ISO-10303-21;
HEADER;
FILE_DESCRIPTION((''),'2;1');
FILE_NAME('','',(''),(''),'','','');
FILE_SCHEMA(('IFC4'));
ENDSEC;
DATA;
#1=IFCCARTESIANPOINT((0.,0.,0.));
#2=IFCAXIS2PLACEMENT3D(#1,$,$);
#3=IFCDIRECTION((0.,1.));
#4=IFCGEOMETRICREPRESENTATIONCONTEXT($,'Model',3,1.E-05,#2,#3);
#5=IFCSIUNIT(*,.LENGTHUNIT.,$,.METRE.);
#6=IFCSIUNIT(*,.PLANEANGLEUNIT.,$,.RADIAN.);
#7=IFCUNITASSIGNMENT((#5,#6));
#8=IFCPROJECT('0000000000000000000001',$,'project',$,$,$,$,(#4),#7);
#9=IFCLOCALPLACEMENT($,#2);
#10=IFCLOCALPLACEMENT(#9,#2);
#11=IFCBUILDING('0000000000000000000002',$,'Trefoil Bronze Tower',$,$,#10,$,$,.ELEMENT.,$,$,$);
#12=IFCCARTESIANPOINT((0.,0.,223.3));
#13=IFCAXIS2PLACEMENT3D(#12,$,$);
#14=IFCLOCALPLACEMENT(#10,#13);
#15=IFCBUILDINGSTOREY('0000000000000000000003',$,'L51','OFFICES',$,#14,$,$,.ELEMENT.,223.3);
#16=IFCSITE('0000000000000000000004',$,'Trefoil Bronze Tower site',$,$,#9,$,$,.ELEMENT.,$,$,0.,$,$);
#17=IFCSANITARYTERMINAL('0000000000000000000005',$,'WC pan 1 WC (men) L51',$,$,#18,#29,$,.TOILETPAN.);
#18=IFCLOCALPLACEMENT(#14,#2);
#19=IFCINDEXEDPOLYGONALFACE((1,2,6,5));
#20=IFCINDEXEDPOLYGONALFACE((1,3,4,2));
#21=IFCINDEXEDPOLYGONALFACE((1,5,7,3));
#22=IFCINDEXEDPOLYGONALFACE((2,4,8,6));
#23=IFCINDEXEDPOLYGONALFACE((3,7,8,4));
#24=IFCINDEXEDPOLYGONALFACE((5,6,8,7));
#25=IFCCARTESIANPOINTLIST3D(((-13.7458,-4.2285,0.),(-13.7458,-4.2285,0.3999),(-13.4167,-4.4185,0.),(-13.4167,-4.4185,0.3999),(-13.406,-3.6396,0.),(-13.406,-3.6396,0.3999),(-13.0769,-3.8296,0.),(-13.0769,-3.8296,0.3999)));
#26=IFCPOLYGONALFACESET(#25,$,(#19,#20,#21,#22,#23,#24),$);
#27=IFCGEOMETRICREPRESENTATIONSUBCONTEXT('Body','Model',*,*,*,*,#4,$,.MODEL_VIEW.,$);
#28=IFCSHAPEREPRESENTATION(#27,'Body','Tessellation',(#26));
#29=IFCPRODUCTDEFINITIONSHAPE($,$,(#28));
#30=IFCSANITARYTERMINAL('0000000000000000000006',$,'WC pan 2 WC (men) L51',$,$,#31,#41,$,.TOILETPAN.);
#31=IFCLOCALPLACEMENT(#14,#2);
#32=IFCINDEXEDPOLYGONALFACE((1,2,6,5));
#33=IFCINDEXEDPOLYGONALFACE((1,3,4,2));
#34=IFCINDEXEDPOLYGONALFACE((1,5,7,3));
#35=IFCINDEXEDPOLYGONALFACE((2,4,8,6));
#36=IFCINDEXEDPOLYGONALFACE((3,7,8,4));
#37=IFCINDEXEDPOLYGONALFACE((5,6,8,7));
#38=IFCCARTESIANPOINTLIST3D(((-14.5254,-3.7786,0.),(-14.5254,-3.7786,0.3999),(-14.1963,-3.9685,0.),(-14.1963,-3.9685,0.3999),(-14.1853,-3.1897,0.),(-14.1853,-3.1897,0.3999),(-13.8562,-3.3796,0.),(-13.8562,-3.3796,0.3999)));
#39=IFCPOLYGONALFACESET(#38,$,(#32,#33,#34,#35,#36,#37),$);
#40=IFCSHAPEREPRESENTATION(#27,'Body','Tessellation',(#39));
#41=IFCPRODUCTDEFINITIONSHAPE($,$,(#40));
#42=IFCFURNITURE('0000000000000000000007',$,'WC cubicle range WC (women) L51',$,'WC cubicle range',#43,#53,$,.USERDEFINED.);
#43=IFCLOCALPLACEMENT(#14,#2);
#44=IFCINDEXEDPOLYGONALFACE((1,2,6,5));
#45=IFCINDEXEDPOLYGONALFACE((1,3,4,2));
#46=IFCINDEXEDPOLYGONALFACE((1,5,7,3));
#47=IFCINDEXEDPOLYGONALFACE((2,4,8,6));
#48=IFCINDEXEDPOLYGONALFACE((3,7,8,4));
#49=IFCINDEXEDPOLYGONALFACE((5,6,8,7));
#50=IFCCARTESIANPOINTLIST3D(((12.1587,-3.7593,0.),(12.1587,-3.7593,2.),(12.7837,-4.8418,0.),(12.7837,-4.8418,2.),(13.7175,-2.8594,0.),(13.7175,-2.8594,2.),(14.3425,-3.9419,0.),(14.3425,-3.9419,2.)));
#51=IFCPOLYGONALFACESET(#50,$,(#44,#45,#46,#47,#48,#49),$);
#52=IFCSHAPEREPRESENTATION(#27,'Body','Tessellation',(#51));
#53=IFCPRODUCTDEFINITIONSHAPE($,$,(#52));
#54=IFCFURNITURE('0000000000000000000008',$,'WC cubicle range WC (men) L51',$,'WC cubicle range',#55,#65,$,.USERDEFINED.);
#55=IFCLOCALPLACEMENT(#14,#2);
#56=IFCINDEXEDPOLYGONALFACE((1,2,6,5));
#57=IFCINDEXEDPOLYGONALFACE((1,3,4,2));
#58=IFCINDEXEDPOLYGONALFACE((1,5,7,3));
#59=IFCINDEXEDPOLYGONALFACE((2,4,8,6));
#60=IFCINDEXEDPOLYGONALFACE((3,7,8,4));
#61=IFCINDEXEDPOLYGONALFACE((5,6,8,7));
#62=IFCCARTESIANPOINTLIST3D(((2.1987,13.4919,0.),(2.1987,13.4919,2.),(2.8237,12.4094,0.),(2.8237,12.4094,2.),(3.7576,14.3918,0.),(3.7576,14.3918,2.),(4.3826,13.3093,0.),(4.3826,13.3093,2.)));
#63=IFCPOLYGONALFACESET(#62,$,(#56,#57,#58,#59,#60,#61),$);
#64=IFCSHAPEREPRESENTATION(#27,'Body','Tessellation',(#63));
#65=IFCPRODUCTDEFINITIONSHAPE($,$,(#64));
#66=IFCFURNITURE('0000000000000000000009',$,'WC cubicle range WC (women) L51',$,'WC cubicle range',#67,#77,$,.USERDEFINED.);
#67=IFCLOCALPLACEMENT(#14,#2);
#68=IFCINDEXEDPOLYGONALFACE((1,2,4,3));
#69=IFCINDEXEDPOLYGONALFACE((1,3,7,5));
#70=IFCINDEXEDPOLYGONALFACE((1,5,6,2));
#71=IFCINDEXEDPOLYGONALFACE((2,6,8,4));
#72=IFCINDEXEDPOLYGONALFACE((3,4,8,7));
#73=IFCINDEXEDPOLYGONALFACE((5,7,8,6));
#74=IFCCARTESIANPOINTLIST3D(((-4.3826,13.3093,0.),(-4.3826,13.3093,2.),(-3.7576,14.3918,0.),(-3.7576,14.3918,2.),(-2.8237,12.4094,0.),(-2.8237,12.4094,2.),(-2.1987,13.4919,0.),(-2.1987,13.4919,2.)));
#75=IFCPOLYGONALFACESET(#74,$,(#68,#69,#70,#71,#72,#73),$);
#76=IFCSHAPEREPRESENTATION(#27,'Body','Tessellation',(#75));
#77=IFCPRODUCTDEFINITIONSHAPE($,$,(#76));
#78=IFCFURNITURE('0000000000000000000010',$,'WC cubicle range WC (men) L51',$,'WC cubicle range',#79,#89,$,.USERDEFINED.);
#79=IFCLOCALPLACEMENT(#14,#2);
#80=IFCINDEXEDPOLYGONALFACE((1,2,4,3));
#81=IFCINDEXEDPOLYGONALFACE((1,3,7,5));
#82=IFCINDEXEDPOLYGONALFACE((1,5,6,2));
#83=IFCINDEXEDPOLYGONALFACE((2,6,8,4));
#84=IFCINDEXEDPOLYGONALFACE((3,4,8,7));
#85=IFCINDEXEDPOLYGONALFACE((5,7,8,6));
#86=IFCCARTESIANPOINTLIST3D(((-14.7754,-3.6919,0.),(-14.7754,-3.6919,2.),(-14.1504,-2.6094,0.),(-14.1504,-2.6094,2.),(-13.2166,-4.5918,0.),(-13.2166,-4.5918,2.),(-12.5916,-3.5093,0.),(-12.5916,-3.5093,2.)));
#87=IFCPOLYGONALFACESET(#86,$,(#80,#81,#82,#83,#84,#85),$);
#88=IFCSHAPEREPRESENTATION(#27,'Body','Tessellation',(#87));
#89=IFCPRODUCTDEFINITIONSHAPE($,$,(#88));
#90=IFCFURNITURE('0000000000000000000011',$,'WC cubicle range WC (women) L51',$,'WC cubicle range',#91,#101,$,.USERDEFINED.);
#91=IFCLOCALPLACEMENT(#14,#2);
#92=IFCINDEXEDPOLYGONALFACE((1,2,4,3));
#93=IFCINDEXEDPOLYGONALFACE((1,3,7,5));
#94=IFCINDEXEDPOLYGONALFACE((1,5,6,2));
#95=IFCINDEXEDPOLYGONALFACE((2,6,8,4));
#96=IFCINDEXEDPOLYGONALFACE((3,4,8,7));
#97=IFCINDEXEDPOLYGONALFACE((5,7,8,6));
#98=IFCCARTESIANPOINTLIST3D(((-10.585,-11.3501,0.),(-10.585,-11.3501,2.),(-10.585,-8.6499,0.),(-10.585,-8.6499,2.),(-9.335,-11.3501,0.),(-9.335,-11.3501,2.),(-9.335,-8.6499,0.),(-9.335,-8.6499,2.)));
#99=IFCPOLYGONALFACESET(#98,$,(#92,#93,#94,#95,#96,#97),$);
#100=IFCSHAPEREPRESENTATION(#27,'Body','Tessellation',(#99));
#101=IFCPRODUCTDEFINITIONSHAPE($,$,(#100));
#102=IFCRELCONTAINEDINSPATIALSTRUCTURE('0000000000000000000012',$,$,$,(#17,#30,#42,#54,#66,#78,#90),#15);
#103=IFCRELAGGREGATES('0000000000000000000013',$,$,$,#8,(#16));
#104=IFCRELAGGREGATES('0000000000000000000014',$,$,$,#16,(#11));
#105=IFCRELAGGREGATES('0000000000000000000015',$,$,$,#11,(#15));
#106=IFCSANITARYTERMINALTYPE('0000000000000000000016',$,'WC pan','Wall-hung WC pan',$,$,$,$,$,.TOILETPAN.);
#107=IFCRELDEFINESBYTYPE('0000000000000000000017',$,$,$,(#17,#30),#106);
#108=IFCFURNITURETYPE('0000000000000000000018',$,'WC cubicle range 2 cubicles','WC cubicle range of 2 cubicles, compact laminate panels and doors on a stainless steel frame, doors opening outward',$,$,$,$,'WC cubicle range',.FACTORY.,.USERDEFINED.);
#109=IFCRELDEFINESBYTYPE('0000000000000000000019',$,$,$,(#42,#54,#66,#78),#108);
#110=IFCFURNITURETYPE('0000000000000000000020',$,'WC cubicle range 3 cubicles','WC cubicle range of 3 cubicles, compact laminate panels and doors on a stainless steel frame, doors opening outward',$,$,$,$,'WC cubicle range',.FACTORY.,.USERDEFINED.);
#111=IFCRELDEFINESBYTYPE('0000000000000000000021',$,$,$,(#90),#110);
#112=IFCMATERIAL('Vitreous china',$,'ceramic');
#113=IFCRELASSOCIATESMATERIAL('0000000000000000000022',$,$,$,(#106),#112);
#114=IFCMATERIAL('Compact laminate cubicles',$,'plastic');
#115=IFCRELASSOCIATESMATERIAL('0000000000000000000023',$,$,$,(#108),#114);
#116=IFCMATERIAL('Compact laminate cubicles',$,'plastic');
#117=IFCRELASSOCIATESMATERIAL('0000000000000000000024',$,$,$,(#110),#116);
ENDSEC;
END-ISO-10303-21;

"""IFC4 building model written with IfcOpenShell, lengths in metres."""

from ifc_helpers import new_model, si_unit, direction, frame, origin, place, context, subcontext, project, spatial, polyline, outline, extrude, material, type_object, element, save


model = new_model("IFC4")

# Units and contexts
model_context = context("Model", 3, precision=1e-05, world=origin(), true_north=direction((0.0, 1.0)))
body_context = subcontext(model_context, "Body", "Model", "MODEL_VIEW")
ifc_project = project(units=[si_unit("LENGTHUNIT", "METRE"), si_unit("PLANEANGLEUNIT", "RADIAN")], contexts=[model_context])

# Site, building, storey
site_placement = place(None, origin())
site = spatial("IfcSite", under=ifc_project, at=site_placement, Name="Trefoil Bronze Tower site", CompositionType="ELEMENT", RefElevation=0.0)
building_placement = place(site_placement, origin())
building = spatial("IfcBuilding", under=site, at=building_placement, Name="Trefoil Bronze Tower", CompositionType="ELEMENT")
storey_placement = place(building_placement, frame((0.0, 0.0, 223.3)))
storey = spatial("IfcBuildingStorey", under=building, at=storey_placement, Name="L51", Description="OFFICES", CompositionType="ELEMENT", Elevation=223.3)

# Sanitary terminals
ifc_material_1 = material(Name="Vitreous china", Category="ceramic")
sanitary_terminal_type_1 = type_object("IfcSanitaryTerminalType", Name="WC pan", Description="Wall-hung WC pan", PredefinedType="TOILETPAN", material=ifc_material_1)
sanitary_terminal_1_placement = place(storey_placement, origin())
element("IfcSanitaryTerminal", 1, at=sanitary_terminal_1_placement, inside=storey, type_object=sanitary_terminal_type_1, Name="WC pan 1 WC (men) L51", PredefinedType="TOILETPAN", context=body_context, shape_type="SweptSolid", body=[
    extrude(outline(polyline([(-13.0769, -3.8296), (-13.4167, -4.4185), (-13.7458, -4.2285), (-13.406, -3.6396), (-13.0769, -3.8296)])), origin(), (0.0, 0.0, 1.0), 0.3999),
])
sanitary_terminal_2_placement = place(storey_placement, origin())
element("IfcSanitaryTerminal", 2, at=sanitary_terminal_2_placement, inside=storey, type_object=sanitary_terminal_type_1, Name="WC pan 2 WC (men) L51", PredefinedType="TOILETPAN", context=body_context, shape_type="SweptSolid", body=[
    extrude(outline(polyline([(-13.8562, -3.3796), (-14.1963, -3.9685), (-14.5254, -3.7786), (-14.1853, -3.1897), (-13.8562, -3.3796)])), origin(), (0.0, 0.0, 1.0), 0.3999),
])

# Furniture
ifc_material_2 = material(Name="Compact laminate cubicles", Category="plastic")
furniture_type_1 = type_object("IfcFurnitureType", Name="WC cubicle range 2 cubicles", Description="WC cubicle range of 2 cubicles, compact laminate panels and doors on a stainless steel frame, doors opening outward", ElementType="WC cubicle range", AssemblyPlace="FACTORY", PredefinedType="USERDEFINED", material=ifc_material_2)
furniture_1_placement = place(storey_placement, origin())
element("IfcFurniture", 3, at=furniture_1_placement, inside=storey, type_object=furniture_type_1, Name="WC cubicle range WC (women) L51", ObjectType="WC cubicle range", PredefinedType="USERDEFINED", context=body_context, shape_type="SweptSolid", body=[
    extrude(outline(polyline([(12.1587, -3.7593), (12.7837, -4.8418), (14.3425, -3.9419), (13.7175, -2.8594), (12.1587, -3.7593)])), origin(), (0.0, 0.0, 1.0), 2.0),
])
furniture_2_placement = place(storey_placement, origin())
element("IfcFurniture", 4, at=furniture_2_placement, inside=storey, type_object=furniture_type_1, Name="WC cubicle range WC (men) L51", ObjectType="WC cubicle range", PredefinedType="USERDEFINED", context=body_context, shape_type="SweptSolid", body=[
    extrude(outline(polyline([(2.8237, 12.4094), (2.1987, 13.4919), (3.7576, 14.3918), (4.3826, 13.3093), (2.8237, 12.4094)])), origin(), (0.0, 0.0, 1.0), 2.0),
])
furniture_3_placement = place(storey_placement, origin())
element("IfcFurniture", 5, at=furniture_3_placement, inside=storey, type_object=furniture_type_1, Name="WC cubicle range WC (women) L51", ObjectType="WC cubicle range", PredefinedType="USERDEFINED", context=body_context, shape_type="SweptSolid", body=[
    extrude(outline(polyline([(-2.8237, 12.4094), (-2.1987, 13.4919), (-3.7576, 14.3918), (-4.3826, 13.3093), (-2.8237, 12.4094)])), origin(), (0.0, 0.0, 1.0), 2.0),
])
furniture_4_placement = place(storey_placement, origin())
element("IfcFurniture", 6, at=furniture_4_placement, inside=storey, type_object=furniture_type_1, Name="WC cubicle range WC (men) L51", ObjectType="WC cubicle range", PredefinedType="USERDEFINED", context=body_context, shape_type="SweptSolid", body=[
    extrude(outline(polyline([(-12.5916, -3.5093), (-13.2166, -4.5918), (-14.7754, -3.6919), (-14.1504, -2.6094), (-12.5916, -3.5093)])), origin(), (0.0, 0.0, 1.0), 2.0),
])
ifc_material_3 = material(Name="Compact laminate cubicles", Category="plastic")
furniture_type_2 = type_object("IfcFurnitureType", Name="WC cubicle range 3 cubicles", Description="WC cubicle range of 3 cubicles, compact laminate panels and doors on a stainless steel frame, doors opening outward", ElementType="WC cubicle range", AssemblyPlace="FACTORY", PredefinedType="USERDEFINED", material=ifc_material_3)
furniture_5_placement = place(storey_placement, origin())
element("IfcFurniture", 7, at=furniture_5_placement, inside=storey, type_object=furniture_type_2, Name="WC cubicle range WC (women) L51", ObjectType="WC cubicle range", PredefinedType="USERDEFINED", context=body_context, shape_type="SweptSolid", body=[
    extrude(outline(polyline([(-9.335, -8.6499), (-10.585, -8.6499), (-10.585, -11.3501), (-9.335, -11.3501), (-9.335, -8.6499)])), origin(), (0.0, 0.0, 1.0), 2.0),
])

save(model, "model.ifc")
